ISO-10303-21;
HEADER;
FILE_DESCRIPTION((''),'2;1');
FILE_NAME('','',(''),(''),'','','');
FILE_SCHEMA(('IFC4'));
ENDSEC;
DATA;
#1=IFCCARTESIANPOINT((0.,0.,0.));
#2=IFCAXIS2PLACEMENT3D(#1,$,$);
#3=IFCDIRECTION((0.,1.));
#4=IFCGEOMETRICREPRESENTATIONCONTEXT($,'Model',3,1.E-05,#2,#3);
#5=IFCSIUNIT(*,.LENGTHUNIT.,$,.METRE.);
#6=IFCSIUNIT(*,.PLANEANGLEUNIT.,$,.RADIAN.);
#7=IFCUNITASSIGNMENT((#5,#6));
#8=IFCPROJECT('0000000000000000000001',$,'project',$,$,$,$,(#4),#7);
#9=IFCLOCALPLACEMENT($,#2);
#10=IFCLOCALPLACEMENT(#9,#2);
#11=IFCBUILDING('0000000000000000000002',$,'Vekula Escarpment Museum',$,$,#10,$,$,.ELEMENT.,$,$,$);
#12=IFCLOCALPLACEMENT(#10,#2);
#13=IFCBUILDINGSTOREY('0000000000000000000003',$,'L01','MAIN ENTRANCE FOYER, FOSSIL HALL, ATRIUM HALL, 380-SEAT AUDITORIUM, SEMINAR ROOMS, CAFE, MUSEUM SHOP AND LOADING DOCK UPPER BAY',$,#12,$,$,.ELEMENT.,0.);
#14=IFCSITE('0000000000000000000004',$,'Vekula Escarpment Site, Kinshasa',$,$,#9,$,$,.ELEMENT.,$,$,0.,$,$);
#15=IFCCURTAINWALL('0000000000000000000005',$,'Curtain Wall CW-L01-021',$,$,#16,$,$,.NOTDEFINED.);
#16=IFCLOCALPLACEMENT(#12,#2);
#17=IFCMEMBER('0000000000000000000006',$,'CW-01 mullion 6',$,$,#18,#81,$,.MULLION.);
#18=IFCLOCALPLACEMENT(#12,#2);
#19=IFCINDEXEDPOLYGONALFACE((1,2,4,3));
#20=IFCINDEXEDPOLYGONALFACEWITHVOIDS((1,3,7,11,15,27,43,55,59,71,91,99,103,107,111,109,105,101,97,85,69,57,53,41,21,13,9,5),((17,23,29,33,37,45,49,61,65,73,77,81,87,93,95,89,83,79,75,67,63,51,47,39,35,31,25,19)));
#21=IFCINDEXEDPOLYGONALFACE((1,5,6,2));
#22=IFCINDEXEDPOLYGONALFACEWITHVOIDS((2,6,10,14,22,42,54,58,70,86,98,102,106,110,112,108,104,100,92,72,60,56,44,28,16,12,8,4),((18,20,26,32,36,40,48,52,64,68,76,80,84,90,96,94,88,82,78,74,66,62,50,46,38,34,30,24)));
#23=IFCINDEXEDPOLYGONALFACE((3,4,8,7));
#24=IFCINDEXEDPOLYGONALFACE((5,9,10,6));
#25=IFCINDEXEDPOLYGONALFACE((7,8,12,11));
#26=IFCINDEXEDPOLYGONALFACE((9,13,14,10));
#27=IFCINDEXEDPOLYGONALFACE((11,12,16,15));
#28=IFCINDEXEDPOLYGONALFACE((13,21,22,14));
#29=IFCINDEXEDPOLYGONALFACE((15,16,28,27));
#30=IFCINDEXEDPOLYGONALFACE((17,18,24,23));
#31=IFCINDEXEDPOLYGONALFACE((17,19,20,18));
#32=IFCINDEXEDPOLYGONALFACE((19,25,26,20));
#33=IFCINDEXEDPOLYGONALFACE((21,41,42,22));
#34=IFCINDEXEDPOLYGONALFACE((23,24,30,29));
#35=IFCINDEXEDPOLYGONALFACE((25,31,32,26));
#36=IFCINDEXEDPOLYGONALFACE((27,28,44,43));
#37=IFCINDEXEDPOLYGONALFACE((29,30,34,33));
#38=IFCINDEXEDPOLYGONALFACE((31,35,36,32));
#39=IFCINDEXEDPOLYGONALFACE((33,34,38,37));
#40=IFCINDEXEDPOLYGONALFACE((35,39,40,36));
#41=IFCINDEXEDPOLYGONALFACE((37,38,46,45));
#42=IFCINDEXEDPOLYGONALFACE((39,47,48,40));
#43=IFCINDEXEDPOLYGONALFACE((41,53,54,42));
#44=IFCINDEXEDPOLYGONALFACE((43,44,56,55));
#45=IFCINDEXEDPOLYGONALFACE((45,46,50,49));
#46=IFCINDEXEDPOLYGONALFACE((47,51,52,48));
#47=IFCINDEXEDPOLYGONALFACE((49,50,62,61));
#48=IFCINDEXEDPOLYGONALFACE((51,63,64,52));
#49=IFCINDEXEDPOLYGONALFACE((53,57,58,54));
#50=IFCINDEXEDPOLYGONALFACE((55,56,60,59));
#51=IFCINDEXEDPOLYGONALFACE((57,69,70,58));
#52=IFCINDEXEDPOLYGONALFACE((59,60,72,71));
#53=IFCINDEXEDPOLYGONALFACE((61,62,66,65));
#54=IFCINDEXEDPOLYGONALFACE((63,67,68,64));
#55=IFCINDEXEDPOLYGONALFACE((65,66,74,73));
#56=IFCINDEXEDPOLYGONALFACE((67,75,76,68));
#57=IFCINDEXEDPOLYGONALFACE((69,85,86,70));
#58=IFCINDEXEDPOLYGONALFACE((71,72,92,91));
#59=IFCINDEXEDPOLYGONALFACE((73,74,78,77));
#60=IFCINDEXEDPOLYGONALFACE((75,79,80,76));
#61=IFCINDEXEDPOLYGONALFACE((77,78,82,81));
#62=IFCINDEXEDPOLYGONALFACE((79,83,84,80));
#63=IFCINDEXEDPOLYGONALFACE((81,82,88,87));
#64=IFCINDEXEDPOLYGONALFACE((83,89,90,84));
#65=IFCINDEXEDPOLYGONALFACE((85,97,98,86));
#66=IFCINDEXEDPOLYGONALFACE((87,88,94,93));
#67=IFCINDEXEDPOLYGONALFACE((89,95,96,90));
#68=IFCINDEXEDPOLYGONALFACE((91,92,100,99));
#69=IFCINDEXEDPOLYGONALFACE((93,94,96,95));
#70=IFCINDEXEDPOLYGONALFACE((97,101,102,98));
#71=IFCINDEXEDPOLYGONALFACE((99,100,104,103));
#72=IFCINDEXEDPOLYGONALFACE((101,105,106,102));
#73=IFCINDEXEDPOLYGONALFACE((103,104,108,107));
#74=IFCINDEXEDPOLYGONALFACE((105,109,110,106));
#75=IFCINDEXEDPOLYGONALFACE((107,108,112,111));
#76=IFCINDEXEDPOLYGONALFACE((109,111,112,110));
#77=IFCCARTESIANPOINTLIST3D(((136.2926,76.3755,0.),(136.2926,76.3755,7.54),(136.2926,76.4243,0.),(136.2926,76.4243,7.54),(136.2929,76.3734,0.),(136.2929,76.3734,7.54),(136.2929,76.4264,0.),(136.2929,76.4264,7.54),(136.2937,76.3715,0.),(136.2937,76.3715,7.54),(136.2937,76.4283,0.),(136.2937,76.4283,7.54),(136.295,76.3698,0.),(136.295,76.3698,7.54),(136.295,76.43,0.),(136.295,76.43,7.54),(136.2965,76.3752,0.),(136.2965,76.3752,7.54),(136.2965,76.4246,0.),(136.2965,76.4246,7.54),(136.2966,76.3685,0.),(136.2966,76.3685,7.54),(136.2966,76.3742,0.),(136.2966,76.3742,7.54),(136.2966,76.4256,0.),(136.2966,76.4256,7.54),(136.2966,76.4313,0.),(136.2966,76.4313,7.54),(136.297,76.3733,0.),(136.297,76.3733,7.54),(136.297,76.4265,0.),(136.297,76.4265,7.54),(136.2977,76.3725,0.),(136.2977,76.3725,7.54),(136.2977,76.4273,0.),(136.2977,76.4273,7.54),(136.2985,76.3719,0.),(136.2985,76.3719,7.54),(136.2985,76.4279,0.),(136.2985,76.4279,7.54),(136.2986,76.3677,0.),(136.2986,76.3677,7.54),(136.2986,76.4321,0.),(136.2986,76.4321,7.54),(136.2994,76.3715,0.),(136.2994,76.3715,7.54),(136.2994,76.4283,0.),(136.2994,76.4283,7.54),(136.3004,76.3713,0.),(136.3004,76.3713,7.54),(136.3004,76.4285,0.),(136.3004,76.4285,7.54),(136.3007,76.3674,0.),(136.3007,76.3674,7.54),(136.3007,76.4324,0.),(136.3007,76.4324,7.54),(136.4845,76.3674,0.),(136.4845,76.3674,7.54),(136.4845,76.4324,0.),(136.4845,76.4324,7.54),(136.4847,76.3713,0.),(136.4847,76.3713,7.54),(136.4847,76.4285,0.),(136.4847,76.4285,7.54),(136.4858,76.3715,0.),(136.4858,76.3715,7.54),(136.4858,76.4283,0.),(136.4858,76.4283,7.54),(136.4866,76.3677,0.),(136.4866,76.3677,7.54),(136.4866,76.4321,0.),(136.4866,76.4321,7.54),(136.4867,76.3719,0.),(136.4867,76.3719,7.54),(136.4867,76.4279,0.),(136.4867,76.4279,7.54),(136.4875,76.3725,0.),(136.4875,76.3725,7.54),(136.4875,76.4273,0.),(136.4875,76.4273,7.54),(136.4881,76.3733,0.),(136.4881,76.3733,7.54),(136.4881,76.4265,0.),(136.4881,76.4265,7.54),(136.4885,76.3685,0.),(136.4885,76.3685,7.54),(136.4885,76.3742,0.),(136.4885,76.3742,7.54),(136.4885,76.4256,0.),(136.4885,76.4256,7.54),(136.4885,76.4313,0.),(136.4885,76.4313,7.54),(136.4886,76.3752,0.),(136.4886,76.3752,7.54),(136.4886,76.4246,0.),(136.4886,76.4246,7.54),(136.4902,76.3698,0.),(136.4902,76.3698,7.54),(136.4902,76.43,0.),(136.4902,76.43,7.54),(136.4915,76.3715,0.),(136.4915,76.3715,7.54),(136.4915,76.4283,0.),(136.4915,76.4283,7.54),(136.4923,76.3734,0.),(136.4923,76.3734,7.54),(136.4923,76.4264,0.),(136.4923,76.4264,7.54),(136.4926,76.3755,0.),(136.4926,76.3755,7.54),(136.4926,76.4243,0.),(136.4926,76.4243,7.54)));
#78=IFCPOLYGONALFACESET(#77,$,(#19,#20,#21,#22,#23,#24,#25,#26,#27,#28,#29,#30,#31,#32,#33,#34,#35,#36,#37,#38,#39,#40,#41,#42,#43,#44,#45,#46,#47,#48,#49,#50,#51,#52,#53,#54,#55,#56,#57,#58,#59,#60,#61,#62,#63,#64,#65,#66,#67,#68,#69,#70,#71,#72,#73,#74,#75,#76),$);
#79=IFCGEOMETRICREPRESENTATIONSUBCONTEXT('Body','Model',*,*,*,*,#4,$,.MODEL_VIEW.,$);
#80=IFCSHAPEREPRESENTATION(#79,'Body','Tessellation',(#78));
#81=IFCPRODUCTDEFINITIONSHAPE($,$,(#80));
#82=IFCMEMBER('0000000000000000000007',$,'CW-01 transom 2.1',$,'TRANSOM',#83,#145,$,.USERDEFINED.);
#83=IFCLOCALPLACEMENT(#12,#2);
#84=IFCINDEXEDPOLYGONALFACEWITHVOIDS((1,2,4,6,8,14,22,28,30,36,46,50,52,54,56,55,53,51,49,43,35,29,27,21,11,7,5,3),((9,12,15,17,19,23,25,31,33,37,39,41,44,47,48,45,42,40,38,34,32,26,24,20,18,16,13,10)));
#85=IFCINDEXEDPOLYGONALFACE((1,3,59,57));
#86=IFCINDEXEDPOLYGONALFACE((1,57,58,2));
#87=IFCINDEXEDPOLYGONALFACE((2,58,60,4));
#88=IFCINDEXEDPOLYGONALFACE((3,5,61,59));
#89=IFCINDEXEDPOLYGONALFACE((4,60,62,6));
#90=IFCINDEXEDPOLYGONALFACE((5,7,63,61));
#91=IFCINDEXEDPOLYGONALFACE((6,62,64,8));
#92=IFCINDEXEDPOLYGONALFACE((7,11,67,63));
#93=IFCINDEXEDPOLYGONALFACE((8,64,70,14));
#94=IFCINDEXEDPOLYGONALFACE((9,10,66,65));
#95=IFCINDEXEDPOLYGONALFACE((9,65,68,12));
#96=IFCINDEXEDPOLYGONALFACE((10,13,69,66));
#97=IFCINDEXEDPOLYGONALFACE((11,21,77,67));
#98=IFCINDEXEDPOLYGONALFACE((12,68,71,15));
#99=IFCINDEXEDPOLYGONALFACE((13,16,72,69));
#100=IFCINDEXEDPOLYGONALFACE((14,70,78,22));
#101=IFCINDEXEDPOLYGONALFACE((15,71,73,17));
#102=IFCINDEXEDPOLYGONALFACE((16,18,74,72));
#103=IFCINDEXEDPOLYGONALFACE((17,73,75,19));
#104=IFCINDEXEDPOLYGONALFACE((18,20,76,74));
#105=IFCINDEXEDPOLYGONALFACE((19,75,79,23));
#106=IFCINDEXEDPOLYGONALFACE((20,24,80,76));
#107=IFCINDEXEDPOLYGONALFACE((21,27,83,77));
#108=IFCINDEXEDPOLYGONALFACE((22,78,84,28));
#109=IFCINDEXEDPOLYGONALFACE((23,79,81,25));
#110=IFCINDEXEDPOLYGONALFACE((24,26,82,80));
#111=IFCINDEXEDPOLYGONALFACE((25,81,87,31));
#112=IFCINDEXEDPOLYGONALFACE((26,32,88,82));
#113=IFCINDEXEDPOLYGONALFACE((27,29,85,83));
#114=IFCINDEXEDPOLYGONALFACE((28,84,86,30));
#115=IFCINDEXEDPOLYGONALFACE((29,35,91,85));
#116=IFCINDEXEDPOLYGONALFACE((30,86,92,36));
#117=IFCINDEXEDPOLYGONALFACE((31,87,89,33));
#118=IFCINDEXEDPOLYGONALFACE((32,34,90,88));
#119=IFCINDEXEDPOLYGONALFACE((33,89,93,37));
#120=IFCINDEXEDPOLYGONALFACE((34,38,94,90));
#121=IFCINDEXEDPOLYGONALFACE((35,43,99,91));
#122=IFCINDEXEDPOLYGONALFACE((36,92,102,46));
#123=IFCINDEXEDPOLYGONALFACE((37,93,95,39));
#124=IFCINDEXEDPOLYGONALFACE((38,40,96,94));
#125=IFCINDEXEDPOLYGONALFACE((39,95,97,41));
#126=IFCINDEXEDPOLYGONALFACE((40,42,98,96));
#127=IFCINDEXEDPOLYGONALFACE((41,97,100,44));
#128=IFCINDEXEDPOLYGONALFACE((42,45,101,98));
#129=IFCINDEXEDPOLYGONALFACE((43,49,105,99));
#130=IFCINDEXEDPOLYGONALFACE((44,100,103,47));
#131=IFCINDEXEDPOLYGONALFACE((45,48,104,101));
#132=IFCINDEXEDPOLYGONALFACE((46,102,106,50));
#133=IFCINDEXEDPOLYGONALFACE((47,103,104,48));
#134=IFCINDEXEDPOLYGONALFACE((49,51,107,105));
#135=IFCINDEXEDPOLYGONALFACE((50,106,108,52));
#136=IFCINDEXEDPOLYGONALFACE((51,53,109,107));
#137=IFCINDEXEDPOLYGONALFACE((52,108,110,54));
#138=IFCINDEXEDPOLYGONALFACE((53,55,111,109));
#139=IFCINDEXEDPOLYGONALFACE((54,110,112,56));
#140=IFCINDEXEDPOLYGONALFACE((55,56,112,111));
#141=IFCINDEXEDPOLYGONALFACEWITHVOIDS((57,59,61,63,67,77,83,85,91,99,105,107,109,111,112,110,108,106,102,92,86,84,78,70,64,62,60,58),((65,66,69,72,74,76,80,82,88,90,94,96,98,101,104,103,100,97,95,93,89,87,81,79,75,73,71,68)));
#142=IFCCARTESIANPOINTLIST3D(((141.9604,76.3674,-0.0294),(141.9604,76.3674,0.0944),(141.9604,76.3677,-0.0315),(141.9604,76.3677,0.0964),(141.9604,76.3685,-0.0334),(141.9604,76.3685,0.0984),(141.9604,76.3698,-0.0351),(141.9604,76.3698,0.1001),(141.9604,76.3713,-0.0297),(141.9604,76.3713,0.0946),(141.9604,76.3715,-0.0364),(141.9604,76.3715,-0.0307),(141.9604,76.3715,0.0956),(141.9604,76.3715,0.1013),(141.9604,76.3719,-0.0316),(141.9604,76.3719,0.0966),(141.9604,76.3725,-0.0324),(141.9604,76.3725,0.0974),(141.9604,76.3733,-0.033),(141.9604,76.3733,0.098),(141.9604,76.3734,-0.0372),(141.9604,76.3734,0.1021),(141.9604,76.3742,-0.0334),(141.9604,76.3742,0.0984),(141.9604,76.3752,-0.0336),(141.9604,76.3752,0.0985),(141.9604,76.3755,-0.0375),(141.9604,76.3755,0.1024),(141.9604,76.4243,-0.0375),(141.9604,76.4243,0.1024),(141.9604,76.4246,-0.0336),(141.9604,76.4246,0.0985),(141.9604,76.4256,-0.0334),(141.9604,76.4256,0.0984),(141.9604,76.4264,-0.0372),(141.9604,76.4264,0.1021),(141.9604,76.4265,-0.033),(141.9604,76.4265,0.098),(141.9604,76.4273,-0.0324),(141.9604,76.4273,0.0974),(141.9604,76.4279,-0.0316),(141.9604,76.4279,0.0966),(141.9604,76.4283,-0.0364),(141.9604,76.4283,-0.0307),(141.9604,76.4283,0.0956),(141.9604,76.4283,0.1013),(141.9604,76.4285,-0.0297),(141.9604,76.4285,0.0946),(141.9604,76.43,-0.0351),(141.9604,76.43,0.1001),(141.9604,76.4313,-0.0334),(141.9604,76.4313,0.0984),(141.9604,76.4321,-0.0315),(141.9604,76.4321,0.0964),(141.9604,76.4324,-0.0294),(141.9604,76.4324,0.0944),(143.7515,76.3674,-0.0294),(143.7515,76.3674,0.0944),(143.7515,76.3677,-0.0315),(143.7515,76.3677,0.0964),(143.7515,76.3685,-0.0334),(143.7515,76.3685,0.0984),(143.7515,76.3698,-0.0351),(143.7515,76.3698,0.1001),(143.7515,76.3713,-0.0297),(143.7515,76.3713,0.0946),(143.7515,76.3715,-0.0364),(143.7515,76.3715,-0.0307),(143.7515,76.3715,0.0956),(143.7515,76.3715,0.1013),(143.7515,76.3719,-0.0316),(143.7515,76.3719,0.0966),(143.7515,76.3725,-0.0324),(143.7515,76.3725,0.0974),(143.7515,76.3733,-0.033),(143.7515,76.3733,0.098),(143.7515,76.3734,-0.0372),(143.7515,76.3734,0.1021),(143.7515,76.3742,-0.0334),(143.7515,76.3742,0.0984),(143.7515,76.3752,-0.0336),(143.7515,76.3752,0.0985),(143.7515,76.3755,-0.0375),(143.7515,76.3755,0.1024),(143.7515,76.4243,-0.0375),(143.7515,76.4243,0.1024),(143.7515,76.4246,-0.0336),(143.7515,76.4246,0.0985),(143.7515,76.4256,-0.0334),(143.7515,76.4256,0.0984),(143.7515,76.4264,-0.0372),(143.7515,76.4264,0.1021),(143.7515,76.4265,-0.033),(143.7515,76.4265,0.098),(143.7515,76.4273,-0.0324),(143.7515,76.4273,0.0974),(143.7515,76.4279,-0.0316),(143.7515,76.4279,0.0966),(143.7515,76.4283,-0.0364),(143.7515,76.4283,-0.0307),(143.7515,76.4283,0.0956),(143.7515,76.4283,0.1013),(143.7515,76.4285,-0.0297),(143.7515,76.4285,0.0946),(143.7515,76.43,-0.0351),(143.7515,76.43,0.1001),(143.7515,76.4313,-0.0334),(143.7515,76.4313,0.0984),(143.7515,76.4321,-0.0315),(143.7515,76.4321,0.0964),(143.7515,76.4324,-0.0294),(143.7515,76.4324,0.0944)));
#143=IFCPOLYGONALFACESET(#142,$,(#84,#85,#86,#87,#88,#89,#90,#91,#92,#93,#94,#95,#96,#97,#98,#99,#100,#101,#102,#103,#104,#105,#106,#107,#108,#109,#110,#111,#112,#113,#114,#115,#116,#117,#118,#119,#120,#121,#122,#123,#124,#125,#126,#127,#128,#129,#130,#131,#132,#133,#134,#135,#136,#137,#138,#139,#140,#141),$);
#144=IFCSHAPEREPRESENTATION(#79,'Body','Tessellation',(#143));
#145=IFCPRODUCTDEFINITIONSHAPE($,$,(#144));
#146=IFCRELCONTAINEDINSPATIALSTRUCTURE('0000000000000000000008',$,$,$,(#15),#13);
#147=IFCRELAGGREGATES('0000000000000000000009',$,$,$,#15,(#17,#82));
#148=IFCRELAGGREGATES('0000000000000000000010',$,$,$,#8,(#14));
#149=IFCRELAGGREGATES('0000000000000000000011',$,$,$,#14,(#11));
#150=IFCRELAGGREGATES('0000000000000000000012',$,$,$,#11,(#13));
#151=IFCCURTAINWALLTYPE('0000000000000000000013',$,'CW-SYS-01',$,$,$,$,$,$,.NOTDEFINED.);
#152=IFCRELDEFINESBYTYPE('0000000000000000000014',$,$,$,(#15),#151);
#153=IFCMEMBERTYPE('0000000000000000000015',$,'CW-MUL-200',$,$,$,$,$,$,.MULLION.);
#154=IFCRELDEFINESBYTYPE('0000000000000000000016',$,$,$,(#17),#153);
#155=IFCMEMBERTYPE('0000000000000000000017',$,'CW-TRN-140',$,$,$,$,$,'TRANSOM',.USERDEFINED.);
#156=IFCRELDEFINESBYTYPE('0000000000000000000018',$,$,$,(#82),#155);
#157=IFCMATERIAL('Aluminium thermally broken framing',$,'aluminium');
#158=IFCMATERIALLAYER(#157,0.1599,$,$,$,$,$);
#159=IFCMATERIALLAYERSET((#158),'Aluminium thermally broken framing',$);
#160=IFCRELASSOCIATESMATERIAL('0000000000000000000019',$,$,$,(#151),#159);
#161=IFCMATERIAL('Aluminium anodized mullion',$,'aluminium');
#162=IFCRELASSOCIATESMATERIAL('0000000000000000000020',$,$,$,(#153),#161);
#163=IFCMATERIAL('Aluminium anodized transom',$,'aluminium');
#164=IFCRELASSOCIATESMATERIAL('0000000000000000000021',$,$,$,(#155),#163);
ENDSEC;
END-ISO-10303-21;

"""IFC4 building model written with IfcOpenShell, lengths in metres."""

from ifc_helpers import new_model, si_unit, direction, frame, origin, origin_2d, place, context, subcontext, project, spatial, hollow_rectangle, extrude, material, layer, layer_set, material_profile, profile_set, type_object, element, aggregate, save


model = new_model("IFC4")

# Units and contexts
model_context = context("Model", 3, precision=1e-05, world=origin(), true_north=direction((0.0, 1.0)))
body_context = subcontext(model_context, "Body", "Model", "MODEL_VIEW")
ifc_project = project(units=[si_unit("LENGTHUNIT", "METRE"), si_unit("PLANEANGLEUNIT", "RADIAN")], contexts=[model_context])

# Site, building, storey
site_placement = place(None, origin())
site = spatial("IfcSite", under=ifc_project, at=site_placement, Name="Vekula Escarpment Site, Kinshasa", CompositionType="ELEMENT", RefElevation=0.0)
building_placement = place(site_placement, origin())
building = spatial("IfcBuilding", under=site, at=building_placement, Name="Vekula Escarpment Museum", CompositionType="ELEMENT")
storey_placement = place(building_placement, origin())
storey = spatial("IfcBuildingStorey", under=building, at=storey_placement, Name="L01", Description="MAIN ENTRANCE FOYER, FOSSIL HALL, ATRIUM HALL, 380-SEAT AUDITORIUM, SEMINAR ROOMS, CAFE, MUSEUM SHOP AND LOADING DOCK UPPER BAY", CompositionType="ELEMENT", Elevation=0.0)

# Curtain wall, members
ifc_material_1 = material(Name="Aluminium thermally broken framing", Category="aluminium")
ifc_layer_1 = layer(ifc_material_1, 0.1599)
ifc_layer_set_1 = layer_set([ifc_layer_1], Name="Aluminium thermally broken framing")
curtain_wall_type = type_object("IfcCurtainWallType", Name="CW-SYS-01", PredefinedType="NOTDEFINED", material=ifc_layer_set_1)
curtain_wall_placement = place(storey_placement, origin())
curtain_wall = element("IfcCurtainWall", 1, at=curtain_wall_placement, inside=storey, type_object=curtain_wall_type, Name="Curtain Wall CW-L01-021", PredefinedType="NOTDEFINED")
ifc_material_2 = material(Name="Aluminium anodized mullion", Category="aluminium")
ifc_material_profile_1 = material_profile(ifc_material_2, hollow_rectangle(XDim=0.0649, YDim=0.2, WallThickness=0.0039, InnerFilletRadius=0.0039, OuterFilletRadius=0.0081, at=origin_2d()), Name="ALU 200x65x4")
ifc_profile_set_1 = profile_set([ifc_material_profile_1], Name="Aluminium anodized mullion")
member_type_1 = type_object("IfcMemberType", Name="CW-MUL-200", PredefinedType="MULLION", material=ifc_profile_set_1)
member_1_placement = place(storey_placement, frame((136.3926, 76.3999, 0.0), z_axis=(0.0, 0.0, 1.0), x_axis=(0.0, -1.0, 0.0)))
member_1 = element("IfcMember", 2, at=member_1_placement, type_object=member_type_1, Name="CW-01 mullion 6", PredefinedType="MULLION", context=body_context, shape_type="SweptSolid", body=[
    extrude(hollow_rectangle(XDim=0.0649, YDim=0.2, WallThickness=0.0039, InnerFilletRadius=0.0039, OuterFilletRadius=0.0081, at=origin_2d()), origin(), (0.0, 0.0, 1.0), 7.54),
])
ifc_material_3 = material(Name="Aluminium anodized transom", Category="aluminium")
ifc_material_profile_2 = material_profile(ifc_material_3, hollow_rectangle(XDim=0.0649, YDim=0.1399, WallThickness=0.0039, InnerFilletRadius=0.0039, OuterFilletRadius=0.0081, at=origin_2d()), Name="ALU 140x65x4")
ifc_profile_set_2 = profile_set([ifc_material_profile_2], Name="Aluminium anodized transom")
member_type_2 = type_object("IfcMemberType", Name="CW-TRN-140", ElementType="TRANSOM", PredefinedType="USERDEFINED", material=ifc_profile_set_2)
member_2_placement = place(storey_placement, frame((143.7515, 76.3999, 0.0325), z_axis=(-1.0, 0.0, 0.0), x_axis=(0.0, -1.0, 0.0)))
member_2 = element("IfcMember", 3, at=member_2_placement, type_object=member_type_2, Name="CW-01 transom 2.1", ObjectType="TRANSOM", PredefinedType="USERDEFINED", context=body_context, shape_type="SweptSolid", body=[
    extrude(hollow_rectangle(XDim=0.0649, YDim=0.1399, WallThickness=0.0039, InnerFilletRadius=0.0039, OuterFilletRadius=0.0081, at=origin_2d()), origin(), (0.0, 0.0, 1.0), 1.791),
])
aggregate(curtain_wall, [member_1, member_2])

save(model, "model.ifc")
